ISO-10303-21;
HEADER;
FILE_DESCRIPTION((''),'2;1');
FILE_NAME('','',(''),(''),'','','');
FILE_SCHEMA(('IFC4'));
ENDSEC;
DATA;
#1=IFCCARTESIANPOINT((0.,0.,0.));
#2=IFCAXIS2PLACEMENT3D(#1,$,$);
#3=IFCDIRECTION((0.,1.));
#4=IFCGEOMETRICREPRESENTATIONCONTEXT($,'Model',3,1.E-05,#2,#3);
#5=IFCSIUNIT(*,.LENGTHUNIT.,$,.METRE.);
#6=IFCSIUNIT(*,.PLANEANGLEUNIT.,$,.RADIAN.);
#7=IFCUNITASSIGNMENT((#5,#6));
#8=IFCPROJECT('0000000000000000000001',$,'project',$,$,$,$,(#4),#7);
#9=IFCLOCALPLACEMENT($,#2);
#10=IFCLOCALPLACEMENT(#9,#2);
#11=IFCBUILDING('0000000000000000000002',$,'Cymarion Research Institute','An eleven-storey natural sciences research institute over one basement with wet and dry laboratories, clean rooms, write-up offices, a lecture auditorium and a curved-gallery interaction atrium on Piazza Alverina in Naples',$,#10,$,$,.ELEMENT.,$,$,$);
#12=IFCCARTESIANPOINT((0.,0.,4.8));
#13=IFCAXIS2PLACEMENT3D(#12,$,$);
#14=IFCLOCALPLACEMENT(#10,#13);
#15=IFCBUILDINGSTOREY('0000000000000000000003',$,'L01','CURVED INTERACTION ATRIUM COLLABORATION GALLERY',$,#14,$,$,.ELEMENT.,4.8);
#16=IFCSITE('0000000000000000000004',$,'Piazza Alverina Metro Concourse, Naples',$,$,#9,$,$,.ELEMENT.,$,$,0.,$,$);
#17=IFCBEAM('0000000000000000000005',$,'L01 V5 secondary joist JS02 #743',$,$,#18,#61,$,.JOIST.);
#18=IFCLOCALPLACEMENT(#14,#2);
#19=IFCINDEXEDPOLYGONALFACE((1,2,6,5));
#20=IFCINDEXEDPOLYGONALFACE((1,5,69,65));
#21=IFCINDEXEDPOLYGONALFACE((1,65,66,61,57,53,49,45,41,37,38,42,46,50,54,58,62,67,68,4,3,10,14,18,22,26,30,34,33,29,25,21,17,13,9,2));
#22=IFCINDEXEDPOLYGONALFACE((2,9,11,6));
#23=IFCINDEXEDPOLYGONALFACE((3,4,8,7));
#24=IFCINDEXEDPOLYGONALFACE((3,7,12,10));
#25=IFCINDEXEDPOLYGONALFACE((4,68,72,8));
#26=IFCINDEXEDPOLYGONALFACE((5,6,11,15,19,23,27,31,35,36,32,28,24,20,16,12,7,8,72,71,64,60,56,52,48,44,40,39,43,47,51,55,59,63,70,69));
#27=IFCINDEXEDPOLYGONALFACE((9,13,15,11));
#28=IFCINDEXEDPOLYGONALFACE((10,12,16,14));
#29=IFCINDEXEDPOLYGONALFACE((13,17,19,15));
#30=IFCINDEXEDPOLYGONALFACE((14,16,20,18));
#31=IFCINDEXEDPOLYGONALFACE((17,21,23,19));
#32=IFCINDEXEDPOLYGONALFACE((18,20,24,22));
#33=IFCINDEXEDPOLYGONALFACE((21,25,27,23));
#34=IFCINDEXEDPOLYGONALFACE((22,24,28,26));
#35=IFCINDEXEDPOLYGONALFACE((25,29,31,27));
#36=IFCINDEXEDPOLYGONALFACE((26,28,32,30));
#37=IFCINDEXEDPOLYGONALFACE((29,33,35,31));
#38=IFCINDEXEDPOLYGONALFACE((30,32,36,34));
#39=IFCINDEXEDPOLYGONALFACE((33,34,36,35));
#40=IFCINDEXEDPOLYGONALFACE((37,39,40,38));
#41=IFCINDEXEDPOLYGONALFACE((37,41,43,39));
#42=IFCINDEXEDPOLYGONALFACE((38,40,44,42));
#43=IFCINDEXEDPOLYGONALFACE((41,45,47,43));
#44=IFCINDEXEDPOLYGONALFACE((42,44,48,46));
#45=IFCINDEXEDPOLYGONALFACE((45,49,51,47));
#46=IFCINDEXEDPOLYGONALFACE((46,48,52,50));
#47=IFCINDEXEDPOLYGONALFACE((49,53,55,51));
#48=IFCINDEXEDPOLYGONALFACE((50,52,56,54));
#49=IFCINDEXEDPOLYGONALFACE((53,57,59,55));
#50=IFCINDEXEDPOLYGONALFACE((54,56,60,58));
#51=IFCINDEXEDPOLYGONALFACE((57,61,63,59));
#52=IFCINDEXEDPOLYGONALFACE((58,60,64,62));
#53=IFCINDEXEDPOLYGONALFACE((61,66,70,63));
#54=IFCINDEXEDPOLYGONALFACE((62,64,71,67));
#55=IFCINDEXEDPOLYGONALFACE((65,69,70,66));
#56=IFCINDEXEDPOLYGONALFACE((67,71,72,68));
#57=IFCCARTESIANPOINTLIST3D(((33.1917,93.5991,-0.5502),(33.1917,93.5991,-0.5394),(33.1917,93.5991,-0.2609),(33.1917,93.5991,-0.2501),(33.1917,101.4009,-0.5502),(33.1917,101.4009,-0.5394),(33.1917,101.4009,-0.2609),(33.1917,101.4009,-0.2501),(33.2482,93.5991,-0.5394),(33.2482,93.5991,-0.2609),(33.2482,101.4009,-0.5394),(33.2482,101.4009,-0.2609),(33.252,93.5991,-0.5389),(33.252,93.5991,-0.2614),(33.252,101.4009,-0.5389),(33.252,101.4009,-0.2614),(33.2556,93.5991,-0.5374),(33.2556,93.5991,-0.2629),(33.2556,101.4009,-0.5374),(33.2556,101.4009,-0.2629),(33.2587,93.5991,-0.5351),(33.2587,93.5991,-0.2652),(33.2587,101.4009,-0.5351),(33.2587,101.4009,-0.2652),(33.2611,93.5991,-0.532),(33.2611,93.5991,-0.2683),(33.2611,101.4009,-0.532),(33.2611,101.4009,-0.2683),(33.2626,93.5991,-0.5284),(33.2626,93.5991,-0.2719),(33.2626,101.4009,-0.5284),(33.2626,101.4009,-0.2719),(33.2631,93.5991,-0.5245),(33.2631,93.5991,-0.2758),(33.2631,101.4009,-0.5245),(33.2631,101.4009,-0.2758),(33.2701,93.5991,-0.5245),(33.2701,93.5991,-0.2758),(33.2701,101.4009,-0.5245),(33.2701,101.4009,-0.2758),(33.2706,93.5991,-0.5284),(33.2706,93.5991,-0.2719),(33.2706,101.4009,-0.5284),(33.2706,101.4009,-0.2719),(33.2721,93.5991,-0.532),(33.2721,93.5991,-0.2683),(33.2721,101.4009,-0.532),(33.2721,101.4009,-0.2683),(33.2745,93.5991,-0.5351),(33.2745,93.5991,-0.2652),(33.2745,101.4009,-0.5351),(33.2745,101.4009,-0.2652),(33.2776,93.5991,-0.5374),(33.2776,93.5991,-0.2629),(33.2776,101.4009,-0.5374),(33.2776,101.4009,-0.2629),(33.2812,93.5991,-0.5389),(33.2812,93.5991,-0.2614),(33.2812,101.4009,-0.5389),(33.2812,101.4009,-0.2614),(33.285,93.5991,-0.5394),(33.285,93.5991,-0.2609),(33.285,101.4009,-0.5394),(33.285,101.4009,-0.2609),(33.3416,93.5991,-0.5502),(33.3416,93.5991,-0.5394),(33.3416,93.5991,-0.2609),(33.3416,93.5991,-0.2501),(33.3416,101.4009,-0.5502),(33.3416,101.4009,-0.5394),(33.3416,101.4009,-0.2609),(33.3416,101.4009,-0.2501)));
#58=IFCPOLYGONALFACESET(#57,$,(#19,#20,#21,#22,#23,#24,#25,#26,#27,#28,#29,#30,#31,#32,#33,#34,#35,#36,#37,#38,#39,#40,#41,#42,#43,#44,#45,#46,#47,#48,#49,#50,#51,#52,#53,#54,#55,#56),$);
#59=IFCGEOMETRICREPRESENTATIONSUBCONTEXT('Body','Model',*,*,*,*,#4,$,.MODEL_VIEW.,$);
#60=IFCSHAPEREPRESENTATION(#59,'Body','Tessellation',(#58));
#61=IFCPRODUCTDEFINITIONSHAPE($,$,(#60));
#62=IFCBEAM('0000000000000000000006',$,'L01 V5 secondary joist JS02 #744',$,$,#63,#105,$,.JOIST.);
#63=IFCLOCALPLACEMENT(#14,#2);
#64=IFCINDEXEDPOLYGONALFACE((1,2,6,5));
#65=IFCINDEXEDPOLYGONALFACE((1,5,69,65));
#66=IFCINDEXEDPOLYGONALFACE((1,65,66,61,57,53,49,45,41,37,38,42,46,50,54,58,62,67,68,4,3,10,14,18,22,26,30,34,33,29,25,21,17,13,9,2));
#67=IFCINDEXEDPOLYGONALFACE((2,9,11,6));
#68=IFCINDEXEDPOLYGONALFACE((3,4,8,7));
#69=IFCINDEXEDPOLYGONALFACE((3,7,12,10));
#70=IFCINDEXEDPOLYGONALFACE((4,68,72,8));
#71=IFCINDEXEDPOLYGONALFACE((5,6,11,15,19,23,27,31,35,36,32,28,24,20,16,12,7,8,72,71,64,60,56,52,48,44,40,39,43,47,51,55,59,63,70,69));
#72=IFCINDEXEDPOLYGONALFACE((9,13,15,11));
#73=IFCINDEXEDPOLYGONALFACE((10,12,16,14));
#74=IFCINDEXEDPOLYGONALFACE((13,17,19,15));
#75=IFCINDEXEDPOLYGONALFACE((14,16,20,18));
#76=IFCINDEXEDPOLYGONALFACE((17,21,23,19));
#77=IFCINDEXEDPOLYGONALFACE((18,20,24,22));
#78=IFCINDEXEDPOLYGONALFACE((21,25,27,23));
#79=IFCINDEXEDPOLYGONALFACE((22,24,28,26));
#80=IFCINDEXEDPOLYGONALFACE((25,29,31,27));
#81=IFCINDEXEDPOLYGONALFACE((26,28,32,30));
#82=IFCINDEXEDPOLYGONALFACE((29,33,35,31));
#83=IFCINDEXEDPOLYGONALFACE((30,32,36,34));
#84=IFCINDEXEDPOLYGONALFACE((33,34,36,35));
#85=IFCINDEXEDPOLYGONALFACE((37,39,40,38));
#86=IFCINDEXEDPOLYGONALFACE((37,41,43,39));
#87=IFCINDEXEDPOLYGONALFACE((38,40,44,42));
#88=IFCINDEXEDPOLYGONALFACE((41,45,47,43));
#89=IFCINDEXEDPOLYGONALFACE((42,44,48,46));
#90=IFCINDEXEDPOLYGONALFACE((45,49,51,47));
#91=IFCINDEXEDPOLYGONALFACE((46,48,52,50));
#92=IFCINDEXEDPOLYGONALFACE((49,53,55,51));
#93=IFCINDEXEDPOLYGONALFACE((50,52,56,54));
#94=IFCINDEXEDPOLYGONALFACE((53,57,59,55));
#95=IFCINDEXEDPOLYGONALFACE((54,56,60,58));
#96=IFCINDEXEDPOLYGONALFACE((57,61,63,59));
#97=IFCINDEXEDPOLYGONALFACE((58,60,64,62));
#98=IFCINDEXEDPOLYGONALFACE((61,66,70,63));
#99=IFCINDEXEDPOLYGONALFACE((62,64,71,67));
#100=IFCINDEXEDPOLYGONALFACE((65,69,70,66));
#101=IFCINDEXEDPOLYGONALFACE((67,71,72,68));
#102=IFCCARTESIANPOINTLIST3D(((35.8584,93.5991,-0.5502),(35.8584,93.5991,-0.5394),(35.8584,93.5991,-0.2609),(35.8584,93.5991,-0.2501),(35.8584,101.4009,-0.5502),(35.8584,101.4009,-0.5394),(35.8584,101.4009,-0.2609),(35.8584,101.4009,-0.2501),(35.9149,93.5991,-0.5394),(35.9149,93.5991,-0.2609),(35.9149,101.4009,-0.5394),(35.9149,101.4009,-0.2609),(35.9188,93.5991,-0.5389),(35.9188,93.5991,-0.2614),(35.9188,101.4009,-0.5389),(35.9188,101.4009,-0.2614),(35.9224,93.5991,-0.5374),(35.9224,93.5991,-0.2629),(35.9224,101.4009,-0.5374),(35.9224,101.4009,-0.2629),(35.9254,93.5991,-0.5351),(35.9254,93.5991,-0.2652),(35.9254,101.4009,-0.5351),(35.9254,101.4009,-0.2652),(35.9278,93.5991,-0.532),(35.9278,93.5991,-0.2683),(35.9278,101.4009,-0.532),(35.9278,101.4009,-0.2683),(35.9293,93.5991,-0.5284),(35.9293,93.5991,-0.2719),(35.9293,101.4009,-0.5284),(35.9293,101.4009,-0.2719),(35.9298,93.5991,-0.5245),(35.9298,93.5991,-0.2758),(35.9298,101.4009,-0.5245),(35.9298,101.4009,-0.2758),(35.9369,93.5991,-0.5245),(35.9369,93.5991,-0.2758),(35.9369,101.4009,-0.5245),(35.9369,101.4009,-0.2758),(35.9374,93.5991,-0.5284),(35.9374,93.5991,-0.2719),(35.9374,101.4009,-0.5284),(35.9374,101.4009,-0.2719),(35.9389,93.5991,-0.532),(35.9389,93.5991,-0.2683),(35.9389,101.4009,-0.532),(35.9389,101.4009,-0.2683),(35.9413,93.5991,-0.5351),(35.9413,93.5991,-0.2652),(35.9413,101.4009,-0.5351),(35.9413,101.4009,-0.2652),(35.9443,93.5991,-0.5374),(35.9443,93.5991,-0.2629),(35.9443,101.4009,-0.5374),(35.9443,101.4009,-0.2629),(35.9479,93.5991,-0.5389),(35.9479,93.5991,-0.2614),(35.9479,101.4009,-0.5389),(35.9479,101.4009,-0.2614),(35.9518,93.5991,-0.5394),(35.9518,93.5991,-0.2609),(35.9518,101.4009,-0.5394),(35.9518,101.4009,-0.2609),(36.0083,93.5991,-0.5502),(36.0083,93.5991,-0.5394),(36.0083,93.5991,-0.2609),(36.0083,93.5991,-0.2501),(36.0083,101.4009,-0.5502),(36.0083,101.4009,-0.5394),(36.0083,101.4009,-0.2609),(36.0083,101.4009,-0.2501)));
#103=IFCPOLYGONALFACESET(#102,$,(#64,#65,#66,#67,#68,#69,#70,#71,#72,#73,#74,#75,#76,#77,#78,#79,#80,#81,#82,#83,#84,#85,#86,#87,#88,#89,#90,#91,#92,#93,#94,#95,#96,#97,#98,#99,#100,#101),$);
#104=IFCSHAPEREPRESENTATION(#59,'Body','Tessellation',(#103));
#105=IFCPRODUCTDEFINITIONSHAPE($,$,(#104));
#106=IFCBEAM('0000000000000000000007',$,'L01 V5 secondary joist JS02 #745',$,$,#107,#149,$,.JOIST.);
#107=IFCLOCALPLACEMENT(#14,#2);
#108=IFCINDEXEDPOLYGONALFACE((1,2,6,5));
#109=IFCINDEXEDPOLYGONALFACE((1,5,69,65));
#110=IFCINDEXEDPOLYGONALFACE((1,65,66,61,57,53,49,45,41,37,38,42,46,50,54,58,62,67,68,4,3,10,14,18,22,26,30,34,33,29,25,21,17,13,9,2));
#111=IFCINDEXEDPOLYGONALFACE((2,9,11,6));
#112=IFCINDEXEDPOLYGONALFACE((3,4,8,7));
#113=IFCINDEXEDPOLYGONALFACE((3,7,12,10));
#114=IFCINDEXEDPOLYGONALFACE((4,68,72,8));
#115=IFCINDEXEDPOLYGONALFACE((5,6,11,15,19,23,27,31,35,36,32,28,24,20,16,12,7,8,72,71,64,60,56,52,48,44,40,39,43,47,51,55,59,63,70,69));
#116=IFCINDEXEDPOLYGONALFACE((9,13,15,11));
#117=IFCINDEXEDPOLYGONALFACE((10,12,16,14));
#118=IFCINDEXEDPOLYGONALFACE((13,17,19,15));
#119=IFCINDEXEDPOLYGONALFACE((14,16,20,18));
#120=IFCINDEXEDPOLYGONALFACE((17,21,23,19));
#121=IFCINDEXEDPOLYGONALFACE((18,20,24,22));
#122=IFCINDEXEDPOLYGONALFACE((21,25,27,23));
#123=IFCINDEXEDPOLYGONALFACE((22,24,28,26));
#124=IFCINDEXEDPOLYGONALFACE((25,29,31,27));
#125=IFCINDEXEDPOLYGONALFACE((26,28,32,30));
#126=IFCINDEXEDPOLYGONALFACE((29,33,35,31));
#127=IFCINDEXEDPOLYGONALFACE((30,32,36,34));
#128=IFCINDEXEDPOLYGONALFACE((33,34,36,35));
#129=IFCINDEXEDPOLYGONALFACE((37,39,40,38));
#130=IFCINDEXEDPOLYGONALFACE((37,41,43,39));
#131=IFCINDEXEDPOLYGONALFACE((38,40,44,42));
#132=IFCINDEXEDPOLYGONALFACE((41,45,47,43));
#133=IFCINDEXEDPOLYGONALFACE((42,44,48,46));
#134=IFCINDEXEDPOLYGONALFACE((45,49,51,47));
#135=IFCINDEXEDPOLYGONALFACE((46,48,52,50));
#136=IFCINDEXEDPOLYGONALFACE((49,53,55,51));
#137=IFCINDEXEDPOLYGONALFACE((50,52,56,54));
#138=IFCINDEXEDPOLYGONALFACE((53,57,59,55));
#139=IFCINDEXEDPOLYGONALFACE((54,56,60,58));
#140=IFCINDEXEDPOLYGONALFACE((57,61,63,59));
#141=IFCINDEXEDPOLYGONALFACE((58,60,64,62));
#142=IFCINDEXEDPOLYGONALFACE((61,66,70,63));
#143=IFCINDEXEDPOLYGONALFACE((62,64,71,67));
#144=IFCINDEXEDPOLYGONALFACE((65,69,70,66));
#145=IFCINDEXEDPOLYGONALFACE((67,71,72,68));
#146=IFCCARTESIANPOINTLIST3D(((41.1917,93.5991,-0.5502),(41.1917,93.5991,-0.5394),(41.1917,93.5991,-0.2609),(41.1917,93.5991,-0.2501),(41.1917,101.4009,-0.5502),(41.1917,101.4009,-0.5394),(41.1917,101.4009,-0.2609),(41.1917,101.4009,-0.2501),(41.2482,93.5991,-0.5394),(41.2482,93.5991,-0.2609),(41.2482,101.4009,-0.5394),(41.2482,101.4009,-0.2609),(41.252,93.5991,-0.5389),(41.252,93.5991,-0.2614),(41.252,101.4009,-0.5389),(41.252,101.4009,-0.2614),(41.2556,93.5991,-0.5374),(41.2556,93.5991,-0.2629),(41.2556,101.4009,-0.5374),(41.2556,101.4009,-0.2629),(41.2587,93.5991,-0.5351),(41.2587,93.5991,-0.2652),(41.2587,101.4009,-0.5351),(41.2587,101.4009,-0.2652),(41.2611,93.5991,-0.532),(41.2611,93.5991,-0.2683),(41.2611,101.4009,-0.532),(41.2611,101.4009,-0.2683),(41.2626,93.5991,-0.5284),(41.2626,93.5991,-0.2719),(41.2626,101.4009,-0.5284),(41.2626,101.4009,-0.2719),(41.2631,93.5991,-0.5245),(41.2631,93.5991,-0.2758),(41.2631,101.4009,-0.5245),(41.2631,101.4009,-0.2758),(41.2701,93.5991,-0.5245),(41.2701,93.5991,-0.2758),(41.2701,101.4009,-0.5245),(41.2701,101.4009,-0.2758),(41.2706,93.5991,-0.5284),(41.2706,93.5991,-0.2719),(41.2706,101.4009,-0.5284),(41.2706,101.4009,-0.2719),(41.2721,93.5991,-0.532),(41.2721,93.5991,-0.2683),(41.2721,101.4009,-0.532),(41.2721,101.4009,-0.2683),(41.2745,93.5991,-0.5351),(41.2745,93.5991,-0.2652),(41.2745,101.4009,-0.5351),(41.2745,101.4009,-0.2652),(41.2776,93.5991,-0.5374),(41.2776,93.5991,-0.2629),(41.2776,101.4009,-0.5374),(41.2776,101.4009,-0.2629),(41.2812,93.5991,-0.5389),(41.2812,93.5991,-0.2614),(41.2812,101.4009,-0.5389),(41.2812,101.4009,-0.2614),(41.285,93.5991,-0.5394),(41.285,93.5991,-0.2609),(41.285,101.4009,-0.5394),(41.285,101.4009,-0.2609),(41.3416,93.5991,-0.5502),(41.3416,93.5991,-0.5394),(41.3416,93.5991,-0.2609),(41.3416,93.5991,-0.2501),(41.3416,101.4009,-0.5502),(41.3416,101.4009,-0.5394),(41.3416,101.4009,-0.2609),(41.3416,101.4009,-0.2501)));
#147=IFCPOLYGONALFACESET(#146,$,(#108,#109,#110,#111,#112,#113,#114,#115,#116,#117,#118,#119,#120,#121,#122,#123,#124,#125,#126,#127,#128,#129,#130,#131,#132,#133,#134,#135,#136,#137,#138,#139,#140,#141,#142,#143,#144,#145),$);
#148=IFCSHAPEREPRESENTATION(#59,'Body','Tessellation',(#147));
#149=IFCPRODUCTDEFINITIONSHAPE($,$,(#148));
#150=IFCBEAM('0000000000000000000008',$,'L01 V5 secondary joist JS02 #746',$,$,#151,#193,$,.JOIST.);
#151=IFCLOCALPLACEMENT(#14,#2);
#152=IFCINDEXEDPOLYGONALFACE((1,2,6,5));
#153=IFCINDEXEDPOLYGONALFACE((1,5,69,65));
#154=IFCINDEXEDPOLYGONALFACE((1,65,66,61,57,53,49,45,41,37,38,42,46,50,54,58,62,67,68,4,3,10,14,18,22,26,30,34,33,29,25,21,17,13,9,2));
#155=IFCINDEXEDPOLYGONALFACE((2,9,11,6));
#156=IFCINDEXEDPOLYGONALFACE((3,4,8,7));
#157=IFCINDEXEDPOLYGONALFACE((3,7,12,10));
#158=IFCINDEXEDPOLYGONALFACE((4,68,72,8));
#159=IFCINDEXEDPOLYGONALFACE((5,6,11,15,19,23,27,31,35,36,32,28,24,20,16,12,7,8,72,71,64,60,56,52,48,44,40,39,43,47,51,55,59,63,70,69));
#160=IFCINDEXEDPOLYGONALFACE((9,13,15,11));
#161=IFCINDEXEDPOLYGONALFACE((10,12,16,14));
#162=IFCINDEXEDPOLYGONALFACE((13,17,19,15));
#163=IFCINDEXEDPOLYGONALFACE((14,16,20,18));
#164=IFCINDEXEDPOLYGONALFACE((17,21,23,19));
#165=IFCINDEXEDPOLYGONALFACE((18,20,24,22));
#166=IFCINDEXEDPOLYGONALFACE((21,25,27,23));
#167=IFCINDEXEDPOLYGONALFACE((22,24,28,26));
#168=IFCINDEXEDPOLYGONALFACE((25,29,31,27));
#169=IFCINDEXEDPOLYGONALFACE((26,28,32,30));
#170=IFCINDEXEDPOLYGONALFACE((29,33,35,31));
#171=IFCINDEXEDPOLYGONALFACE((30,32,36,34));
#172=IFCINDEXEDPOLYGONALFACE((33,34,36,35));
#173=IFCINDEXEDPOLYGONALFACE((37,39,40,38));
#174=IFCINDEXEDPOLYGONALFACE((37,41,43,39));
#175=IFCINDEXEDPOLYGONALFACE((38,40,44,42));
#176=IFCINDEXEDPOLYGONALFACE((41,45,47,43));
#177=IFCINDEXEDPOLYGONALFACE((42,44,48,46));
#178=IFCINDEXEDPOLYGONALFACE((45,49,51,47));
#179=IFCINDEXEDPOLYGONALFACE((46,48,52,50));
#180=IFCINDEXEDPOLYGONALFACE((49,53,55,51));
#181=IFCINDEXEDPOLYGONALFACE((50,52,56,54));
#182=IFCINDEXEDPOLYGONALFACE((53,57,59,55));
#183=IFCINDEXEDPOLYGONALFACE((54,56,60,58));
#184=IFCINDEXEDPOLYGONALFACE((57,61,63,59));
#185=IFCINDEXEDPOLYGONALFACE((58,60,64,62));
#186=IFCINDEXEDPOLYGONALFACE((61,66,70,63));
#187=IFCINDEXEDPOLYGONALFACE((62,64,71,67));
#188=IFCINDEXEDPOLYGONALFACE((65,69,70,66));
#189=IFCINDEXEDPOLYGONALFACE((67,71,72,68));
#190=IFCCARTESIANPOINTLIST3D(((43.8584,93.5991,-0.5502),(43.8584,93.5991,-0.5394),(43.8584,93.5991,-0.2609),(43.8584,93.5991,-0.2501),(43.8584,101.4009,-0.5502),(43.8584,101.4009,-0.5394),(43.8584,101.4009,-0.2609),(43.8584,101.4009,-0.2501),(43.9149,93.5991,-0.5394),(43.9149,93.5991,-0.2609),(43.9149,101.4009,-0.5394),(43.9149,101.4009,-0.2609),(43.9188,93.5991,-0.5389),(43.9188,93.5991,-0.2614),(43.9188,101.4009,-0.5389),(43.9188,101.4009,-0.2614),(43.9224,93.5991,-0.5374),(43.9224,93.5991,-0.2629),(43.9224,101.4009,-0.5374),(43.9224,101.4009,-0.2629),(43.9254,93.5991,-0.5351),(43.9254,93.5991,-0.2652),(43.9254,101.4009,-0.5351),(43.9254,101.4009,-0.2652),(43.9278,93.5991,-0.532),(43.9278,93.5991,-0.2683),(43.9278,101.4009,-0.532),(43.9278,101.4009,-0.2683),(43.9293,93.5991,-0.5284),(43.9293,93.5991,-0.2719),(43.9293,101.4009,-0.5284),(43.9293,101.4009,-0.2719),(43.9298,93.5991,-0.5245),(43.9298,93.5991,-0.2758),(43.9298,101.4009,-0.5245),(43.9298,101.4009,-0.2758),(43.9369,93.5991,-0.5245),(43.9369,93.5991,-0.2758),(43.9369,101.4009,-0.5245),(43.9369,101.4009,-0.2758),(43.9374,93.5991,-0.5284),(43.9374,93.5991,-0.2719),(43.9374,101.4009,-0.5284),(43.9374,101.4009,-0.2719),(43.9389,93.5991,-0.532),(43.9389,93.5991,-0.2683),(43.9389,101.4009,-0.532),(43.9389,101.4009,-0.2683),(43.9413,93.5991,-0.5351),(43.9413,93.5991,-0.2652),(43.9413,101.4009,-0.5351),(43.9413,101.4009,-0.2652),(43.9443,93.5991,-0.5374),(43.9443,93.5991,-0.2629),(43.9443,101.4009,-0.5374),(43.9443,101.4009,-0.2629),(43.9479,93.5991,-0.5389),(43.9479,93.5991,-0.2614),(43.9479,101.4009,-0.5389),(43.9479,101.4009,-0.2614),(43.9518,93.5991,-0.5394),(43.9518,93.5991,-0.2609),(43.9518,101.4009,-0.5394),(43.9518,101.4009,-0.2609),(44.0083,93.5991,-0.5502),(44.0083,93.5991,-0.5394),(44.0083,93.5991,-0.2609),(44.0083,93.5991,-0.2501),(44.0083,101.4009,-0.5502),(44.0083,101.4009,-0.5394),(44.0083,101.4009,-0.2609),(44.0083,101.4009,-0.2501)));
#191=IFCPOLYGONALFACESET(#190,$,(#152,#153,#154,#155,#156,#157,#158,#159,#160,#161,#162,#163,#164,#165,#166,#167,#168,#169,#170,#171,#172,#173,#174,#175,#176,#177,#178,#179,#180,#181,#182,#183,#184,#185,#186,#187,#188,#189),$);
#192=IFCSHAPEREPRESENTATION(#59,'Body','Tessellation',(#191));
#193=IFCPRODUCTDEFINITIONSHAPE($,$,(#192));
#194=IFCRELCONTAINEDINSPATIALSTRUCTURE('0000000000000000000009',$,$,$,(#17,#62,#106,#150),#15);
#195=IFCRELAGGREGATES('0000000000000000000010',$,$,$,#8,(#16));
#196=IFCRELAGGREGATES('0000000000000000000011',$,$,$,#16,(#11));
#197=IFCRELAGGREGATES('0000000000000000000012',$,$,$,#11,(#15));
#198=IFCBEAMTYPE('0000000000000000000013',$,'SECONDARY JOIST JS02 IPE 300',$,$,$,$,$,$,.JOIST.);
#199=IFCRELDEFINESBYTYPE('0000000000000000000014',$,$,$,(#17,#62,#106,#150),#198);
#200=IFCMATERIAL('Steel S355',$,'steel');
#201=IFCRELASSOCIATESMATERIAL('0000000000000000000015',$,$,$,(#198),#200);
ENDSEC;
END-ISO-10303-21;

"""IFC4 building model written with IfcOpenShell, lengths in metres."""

from ifc_helpers import new_model, si_unit, direction, frame, origin, origin_2d, place, context, subcontext, project, spatial, i_section, extrude, material, material_profile, profile_set, type_object, element, save


model = new_model("IFC4")

# Units and contexts
model_context = context("Model", 3, precision=1e-05, world=origin(), true_north=direction((0.0, 1.0)))
body_context = subcontext(model_context, "Body", "Model", "MODEL_VIEW")
ifc_project = project(units=[si_unit("LENGTHUNIT", "METRE"), si_unit("PLANEANGLEUNIT", "RADIAN")], contexts=[model_context])

# Site, building, storey
site_placement = place(None, origin())
site = spatial("IfcSite", under=ifc_project, at=site_placement, Name="Piazza Alverina Metro Concourse, Naples", CompositionType="ELEMENT", RefElevation=0.0)
building_placement = place(site_placement, origin())
building = spatial("IfcBuilding", under=site, at=building_placement, Name="Cymarion Research Institute", Description="An eleven-storey natural sciences research institute over one basement with wet and dry laboratories, clean rooms, write-up offices, a lecture auditorium and a curved-gallery interaction atrium on Piazza Alverina in Naples", CompositionType="ELEMENT")
storey_placement = place(building_placement, frame((0.0, 0.0, 4.8)))
storey = spatial("IfcBuildingStorey", under=building, at=storey_placement, Name="L01", Description="CURVED INTERACTION ATRIUM COLLABORATION GALLERY", CompositionType="ELEMENT", Elevation=4.8)

# Shared definitions
ifc_material_1 = material(Name="Steel S355", Category="steel")

# Beams
ifc_material_profile_1 = material_profile(ifc_material_1, i_section(OverallWidth=0.1499, OverallDepth=0.3, WebThickness=0.0071, FlangeThickness=0.0107, FilletRadius=0.0149, at=origin_2d()), Name="IPE 300")
ifc_profile_set_1 = profile_set([ifc_material_profile_1], Name="Steel S355")
beam_type_1 = type_object("IfcBeamType", Name="SECONDARY JOIST JS02 IPE 300", PredefinedType="JOIST", material=ifc_profile_set_1)
for number, where, z_axis, x_axis, name in (
    (1, (33.2666, 93.5991, -0.4001), (0.0, 1.0, 0.0), (-1.0, 0.0, 0.0), "L01 V5 secondary joist JS02 #743"),
    (2, (35.9333, 93.5991, -0.4001), (0.0, 1.0, 0.0), (-1.0, 0.0, 0.0), "L01 V5 secondary joist JS02 #744"),
    (3, (41.2666, 93.5991, -0.4001), (0.0, 1.0, 0.0), (-1.0, 0.0, 0.0), "L01 V5 secondary joist JS02 #745"),
    (4, (43.9333, 93.5991, -0.4001), (0.0, 1.0, 0.0), (-1.0, 0.0, 0.0), "L01 V5 secondary joist JS02 #746"),
):
    element("IfcBeam", number, at=place(storey_placement, frame(where, z_axis=z_axis, x_axis=x_axis)), inside=storey, type_object=beam_type_1, Name=name, PredefinedType="JOIST", context=body_context, shape_type="SweptSolid", body=[
        extrude(i_section(OverallWidth=0.1499, OverallDepth=0.3, WebThickness=0.0071, FlangeThickness=0.0107, FilletRadius=0.0149, at=origin_2d()), origin(), (0.0, 0.0, 1.0), 7.8018),
    ])

save(model, "model.ifc")
